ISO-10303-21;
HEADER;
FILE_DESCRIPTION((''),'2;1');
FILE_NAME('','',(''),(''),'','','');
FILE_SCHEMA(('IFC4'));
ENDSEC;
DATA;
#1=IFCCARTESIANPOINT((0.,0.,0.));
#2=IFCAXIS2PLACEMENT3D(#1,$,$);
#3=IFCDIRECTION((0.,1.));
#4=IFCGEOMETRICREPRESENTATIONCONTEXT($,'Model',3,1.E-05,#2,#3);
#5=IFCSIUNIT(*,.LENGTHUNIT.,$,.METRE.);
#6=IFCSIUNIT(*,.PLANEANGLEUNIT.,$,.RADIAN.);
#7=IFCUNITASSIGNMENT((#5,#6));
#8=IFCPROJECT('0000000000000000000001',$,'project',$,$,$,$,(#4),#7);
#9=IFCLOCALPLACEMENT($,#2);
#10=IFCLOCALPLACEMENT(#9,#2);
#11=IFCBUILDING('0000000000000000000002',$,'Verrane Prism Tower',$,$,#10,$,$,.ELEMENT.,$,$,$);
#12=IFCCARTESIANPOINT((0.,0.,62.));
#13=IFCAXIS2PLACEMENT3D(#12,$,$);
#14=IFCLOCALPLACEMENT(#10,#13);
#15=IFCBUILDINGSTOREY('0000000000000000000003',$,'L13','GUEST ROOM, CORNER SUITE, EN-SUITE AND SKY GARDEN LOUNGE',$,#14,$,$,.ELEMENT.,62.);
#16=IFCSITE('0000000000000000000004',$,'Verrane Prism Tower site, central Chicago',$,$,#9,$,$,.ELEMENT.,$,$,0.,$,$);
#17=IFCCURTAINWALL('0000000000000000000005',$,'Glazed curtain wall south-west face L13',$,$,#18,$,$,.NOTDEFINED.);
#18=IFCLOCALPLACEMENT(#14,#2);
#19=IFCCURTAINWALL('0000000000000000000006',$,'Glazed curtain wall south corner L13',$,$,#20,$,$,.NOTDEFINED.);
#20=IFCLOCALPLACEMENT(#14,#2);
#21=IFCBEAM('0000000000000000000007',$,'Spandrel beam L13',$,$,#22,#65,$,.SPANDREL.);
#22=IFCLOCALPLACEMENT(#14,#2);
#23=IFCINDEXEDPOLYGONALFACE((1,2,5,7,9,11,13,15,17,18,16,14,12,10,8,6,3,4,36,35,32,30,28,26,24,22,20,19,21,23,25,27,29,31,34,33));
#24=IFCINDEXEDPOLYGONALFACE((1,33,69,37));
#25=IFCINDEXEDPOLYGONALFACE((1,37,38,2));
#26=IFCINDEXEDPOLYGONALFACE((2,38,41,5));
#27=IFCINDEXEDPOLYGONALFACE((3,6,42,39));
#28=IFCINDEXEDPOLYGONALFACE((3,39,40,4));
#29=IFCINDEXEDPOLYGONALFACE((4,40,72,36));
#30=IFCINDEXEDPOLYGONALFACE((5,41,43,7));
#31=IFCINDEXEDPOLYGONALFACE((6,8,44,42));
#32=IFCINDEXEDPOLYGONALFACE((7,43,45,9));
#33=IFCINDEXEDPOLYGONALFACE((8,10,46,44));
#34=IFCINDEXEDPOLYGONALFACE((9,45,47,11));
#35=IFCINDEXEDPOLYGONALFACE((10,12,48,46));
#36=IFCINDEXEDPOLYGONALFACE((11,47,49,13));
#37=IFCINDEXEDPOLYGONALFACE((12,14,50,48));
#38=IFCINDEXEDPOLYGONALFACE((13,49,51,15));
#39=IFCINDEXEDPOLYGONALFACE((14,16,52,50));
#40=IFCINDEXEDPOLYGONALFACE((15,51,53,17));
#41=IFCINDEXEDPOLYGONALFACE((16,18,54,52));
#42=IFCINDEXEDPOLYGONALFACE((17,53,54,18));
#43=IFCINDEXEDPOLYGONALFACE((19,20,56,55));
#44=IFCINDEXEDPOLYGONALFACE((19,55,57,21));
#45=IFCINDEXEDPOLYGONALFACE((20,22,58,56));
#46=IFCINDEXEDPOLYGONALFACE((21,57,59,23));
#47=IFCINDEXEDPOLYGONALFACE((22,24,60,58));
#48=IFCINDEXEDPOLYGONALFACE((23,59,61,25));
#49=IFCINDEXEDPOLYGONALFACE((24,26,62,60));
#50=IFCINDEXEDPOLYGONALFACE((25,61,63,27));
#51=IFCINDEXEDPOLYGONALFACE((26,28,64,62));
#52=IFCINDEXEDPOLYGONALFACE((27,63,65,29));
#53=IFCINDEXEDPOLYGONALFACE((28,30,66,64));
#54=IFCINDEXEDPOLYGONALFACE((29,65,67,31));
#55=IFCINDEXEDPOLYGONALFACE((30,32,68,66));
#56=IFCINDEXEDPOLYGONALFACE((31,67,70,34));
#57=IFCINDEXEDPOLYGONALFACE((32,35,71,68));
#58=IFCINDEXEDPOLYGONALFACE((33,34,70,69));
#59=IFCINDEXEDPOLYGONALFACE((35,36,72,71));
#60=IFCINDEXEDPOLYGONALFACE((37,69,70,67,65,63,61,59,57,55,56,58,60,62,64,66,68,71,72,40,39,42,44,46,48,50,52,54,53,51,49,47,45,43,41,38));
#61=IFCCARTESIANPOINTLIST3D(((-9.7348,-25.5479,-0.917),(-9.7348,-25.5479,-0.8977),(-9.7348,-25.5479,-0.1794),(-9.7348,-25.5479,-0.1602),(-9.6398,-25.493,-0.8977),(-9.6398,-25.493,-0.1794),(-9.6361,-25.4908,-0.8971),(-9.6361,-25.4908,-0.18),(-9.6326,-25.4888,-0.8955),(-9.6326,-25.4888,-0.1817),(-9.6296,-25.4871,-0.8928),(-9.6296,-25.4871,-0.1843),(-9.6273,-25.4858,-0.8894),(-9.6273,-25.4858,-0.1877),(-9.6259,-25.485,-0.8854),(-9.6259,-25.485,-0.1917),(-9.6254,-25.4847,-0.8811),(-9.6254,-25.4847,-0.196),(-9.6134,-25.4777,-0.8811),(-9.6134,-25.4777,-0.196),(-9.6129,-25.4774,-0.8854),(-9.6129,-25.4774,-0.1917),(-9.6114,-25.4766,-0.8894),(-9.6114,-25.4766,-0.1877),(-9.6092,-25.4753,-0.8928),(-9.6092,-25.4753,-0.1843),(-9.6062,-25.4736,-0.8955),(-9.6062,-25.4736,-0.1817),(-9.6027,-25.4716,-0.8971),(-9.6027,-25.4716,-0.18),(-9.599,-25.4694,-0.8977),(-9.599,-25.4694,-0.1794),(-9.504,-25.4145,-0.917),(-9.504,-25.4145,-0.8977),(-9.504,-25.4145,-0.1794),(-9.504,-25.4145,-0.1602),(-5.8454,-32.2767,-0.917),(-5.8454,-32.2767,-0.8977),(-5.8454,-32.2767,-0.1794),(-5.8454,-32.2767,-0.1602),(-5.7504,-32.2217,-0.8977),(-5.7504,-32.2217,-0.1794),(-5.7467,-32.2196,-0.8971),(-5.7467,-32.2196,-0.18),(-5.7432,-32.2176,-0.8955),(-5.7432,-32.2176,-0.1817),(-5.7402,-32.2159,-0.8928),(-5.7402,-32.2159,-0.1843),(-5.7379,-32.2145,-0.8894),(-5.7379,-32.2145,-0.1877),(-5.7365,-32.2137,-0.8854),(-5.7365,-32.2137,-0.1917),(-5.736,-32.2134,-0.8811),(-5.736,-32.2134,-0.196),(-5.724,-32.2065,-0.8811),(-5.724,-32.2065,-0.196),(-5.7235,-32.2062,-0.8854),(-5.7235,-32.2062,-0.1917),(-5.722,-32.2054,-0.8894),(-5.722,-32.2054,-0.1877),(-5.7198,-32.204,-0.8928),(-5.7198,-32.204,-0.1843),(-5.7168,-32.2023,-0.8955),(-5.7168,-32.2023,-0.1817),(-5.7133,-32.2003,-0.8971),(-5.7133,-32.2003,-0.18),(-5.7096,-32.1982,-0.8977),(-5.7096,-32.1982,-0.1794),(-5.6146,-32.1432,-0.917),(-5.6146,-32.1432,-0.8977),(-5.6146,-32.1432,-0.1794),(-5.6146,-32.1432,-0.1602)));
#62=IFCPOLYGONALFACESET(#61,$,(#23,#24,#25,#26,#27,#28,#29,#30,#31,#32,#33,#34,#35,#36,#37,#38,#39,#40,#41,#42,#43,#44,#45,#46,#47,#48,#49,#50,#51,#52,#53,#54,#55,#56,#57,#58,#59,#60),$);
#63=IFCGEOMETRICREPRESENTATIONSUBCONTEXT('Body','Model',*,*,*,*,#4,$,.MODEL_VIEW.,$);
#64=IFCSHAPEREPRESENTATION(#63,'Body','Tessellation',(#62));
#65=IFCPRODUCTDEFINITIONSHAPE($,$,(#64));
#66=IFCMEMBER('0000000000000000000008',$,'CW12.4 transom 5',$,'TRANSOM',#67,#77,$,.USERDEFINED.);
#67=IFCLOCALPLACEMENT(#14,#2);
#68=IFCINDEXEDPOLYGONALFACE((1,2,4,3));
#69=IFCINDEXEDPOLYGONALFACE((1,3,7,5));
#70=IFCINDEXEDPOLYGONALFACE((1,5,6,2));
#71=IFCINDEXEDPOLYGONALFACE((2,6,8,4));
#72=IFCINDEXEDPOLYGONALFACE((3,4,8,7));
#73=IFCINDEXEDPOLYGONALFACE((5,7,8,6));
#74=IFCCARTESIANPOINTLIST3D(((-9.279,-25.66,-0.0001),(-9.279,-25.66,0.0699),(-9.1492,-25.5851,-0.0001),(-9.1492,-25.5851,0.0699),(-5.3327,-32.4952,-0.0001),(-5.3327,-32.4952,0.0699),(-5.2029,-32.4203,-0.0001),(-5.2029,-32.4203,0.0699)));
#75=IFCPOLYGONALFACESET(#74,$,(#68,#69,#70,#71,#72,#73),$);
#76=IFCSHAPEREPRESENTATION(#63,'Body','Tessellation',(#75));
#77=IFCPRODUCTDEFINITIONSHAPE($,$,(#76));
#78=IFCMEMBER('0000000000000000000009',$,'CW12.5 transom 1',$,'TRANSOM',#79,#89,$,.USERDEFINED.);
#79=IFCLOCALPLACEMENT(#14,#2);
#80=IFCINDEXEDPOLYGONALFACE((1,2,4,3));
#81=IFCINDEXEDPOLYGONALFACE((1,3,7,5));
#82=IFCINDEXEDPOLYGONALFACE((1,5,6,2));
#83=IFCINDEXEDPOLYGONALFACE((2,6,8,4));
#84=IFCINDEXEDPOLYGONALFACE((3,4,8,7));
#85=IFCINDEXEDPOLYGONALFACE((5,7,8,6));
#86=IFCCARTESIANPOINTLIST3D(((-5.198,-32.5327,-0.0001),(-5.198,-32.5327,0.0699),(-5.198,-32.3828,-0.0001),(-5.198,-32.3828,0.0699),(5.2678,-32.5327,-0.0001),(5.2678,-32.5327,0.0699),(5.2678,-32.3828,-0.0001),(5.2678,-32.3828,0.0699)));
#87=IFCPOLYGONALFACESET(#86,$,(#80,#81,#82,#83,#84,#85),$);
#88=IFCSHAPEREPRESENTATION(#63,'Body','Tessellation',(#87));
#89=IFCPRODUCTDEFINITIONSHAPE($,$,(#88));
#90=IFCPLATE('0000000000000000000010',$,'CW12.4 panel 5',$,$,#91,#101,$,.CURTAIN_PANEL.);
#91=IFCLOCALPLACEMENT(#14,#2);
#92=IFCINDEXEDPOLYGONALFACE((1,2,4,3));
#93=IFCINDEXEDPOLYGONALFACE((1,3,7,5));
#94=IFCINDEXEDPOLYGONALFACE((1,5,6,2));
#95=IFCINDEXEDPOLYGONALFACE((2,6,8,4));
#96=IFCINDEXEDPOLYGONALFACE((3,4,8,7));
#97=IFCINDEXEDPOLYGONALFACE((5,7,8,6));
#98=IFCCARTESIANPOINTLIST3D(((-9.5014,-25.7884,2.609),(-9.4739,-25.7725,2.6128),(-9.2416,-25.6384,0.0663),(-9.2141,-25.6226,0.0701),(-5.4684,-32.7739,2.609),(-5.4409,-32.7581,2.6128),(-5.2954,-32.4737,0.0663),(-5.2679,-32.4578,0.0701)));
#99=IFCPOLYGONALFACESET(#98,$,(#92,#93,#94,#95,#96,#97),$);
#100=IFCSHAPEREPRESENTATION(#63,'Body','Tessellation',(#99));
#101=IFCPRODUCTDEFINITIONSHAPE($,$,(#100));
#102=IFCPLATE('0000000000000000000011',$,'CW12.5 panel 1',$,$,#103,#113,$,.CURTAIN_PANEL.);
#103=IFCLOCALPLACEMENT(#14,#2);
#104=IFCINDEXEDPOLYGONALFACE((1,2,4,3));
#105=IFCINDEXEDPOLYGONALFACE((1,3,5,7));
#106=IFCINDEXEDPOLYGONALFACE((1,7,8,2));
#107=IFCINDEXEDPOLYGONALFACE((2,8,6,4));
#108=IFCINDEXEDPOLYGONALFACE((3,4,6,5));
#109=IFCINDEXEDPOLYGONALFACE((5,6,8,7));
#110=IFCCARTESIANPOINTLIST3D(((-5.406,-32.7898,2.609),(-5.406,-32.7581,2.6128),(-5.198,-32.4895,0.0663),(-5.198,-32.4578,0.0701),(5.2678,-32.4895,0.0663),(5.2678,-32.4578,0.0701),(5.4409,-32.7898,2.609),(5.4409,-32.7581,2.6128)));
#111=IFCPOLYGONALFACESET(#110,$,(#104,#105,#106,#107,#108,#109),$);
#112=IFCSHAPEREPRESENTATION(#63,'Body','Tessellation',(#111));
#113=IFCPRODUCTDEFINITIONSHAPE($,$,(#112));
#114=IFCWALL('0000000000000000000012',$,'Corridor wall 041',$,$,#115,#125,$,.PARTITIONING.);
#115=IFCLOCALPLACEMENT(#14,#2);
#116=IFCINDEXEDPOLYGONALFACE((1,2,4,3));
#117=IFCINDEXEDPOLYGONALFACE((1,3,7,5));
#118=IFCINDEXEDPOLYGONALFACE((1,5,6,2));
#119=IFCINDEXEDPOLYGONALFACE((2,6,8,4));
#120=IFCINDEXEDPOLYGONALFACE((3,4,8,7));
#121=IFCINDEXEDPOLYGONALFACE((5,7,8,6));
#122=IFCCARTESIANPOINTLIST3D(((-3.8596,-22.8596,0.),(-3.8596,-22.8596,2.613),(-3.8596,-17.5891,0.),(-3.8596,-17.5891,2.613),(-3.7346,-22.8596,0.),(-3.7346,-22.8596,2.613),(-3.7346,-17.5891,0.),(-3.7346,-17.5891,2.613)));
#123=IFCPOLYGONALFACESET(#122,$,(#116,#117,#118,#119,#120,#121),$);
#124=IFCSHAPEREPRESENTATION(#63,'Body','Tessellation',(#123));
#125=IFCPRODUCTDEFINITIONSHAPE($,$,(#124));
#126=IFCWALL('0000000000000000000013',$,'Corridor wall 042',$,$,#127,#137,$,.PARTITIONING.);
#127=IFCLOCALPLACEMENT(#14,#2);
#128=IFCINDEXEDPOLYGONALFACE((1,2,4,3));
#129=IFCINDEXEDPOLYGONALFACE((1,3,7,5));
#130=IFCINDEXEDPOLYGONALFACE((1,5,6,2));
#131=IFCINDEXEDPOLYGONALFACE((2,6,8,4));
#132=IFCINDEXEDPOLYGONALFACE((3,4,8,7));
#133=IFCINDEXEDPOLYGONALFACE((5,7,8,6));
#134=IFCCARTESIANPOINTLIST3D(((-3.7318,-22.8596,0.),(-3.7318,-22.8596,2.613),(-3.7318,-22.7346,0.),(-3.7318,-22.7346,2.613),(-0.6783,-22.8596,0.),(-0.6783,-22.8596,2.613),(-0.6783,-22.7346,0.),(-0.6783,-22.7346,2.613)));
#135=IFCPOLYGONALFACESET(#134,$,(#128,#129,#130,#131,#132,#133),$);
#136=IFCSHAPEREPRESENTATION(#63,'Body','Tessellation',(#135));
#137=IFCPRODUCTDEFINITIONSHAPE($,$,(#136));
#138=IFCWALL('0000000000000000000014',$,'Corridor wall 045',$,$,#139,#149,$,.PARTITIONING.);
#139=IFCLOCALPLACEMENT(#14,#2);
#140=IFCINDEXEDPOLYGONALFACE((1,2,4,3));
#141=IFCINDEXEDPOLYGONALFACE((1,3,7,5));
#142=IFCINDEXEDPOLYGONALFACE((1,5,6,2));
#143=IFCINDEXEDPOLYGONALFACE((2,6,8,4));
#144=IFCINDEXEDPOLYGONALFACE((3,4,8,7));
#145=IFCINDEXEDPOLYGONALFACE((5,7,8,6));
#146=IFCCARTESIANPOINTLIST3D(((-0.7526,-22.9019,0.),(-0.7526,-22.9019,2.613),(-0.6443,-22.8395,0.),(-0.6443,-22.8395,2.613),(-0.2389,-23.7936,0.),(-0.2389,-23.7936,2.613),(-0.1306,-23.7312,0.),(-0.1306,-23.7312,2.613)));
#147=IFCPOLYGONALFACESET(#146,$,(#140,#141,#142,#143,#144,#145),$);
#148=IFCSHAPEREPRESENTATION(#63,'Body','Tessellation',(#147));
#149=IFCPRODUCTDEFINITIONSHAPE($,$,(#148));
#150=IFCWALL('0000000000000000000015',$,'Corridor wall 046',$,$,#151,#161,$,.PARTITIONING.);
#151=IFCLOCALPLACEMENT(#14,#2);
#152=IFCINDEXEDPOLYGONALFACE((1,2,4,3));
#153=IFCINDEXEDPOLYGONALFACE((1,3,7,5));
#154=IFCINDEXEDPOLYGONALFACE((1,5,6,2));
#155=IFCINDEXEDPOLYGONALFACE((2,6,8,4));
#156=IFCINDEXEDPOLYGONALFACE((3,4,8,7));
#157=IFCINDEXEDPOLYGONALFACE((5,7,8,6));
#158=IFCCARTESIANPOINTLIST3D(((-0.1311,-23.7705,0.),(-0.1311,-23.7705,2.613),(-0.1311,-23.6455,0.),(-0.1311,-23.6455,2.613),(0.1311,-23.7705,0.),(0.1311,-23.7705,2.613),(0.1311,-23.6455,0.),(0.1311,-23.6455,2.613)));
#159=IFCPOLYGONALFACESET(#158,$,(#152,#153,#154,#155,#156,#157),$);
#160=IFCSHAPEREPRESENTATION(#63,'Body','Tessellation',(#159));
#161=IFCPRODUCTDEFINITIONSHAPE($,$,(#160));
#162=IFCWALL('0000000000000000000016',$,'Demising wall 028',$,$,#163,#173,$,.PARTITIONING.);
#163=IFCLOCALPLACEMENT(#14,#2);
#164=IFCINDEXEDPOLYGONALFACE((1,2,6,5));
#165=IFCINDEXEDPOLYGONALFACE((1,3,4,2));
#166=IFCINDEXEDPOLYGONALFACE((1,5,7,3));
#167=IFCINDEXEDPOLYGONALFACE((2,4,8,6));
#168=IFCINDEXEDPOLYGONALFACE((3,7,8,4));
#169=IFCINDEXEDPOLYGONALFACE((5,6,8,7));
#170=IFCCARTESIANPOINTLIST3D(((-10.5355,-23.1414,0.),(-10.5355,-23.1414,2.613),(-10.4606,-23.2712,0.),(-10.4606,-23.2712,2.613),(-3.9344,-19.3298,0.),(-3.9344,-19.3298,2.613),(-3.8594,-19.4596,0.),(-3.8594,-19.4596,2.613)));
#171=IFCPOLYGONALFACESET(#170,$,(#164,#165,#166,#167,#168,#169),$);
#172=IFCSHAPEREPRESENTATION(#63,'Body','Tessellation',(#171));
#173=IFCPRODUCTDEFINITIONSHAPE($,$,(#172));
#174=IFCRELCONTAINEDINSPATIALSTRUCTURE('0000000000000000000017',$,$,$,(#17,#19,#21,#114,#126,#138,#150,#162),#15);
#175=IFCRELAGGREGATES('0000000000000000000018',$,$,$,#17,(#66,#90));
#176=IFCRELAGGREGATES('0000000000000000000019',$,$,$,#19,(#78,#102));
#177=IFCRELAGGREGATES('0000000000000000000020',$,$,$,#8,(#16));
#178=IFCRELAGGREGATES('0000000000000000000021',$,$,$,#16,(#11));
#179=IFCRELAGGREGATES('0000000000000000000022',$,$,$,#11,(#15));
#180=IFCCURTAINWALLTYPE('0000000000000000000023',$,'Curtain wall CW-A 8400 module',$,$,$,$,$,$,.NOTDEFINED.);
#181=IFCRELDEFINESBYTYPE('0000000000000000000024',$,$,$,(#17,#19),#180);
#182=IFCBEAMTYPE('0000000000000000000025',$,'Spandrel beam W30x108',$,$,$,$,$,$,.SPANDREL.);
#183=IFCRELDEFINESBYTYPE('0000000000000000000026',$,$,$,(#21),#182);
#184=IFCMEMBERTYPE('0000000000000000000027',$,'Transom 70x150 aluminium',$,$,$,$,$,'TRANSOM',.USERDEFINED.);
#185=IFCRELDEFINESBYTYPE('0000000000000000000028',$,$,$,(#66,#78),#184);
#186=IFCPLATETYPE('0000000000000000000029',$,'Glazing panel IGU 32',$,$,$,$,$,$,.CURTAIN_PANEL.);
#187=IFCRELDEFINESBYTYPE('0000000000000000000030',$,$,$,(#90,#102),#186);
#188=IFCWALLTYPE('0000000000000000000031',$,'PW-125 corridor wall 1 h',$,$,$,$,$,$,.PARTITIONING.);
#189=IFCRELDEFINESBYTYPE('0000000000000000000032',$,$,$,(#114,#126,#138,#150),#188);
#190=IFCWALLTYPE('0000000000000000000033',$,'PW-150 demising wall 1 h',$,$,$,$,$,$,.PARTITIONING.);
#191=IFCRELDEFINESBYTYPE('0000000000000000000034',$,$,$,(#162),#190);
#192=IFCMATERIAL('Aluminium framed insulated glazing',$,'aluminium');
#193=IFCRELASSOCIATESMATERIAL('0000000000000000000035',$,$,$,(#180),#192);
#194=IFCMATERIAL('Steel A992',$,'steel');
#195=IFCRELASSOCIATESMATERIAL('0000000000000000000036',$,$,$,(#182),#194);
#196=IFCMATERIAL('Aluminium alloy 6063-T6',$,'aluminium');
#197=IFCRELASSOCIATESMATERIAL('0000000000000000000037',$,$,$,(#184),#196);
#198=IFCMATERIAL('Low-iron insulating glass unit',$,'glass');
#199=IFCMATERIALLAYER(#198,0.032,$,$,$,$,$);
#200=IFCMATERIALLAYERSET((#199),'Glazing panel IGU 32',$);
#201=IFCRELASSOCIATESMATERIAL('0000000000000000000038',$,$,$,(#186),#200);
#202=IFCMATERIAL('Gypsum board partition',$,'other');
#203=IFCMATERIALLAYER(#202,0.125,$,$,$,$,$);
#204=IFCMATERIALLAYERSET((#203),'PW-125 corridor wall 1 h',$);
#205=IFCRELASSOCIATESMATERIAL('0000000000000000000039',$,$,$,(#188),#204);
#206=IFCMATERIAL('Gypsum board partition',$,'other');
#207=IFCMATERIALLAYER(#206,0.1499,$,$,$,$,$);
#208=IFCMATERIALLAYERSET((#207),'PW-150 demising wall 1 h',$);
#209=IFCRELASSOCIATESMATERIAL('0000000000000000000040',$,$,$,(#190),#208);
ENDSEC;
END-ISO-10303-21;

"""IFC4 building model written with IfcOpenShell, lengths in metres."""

from ifc_helpers import new_model, si_unit, direction, frame, frame_2d, origin, origin_2d, place, context, subcontext, project, spatial, polyline, rectangle, i_section, outline, extrude, material, layer, layer_set, material_profile, profile_set, type_object, element, aggregate, save


model = new_model("IFC4")

# Units and contexts
model_context = context("Model", 3, precision=1e-05, world=origin(), true_north=direction((0.0, 1.0)))
body_context = subcontext(model_context, "Body", "Model", "MODEL_VIEW")
ifc_project = project(units=[si_unit("LENGTHUNIT", "METRE"), si_unit("PLANEANGLEUNIT", "RADIAN")], contexts=[model_context])

# Site, building, storey
site_placement = place(None, origin())
site = spatial("IfcSite", under=ifc_project, at=site_placement, Name="Verrane Prism Tower site, central Chicago", CompositionType="ELEMENT", RefElevation=0.0)
building_placement = place(site_placement, origin())
building = spatial("IfcBuilding", under=site, at=building_placement, Name="Verrane Prism Tower", CompositionType="ELEMENT")
storey_placement = place(building_placement, frame((0.0, 0.0, 62.0)))
storey = spatial("IfcBuildingStorey", under=building, at=storey_placement, Name="L13", Description="GUEST ROOM, CORNER SUITE, EN-SUITE AND SKY GARDEN LOUNGE", CompositionType="ELEMENT", Elevation=62.0)

# Curtain walls
ifc_material_1 = material(Name="Aluminium framed insulated glazing", Category="aluminium")
curtain_wall_type = type_object("IfcCurtainWallType", Name="Curtain wall CW-A 8400 module", PredefinedType="NOTDEFINED", material=ifc_material_1)
curtain_wall_1_placement = place(storey_placement, origin())
curtain_wall_1 = element("IfcCurtainWall", 1, at=curtain_wall_1_placement, inside=storey, type_object=curtain_wall_type, Name="Glazed curtain wall south-west face L13", PredefinedType="NOTDEFINED")
curtain_wall_2_placement = place(storey_placement, origin())
curtain_wall_2 = element("IfcCurtainWall", 2, at=curtain_wall_2_placement, inside=storey, type_object=curtain_wall_type, Name="Glazed curtain wall south corner L13", PredefinedType="NOTDEFINED")

# Beam
ifc_material_2 = material(Name="Steel A992", Category="steel")
ifc_material_profile_1 = material_profile(ifc_material_2, i_section(OverallWidth=0.2666, OverallDepth=0.7568, WebThickness=0.0139, FlangeThickness=0.0193, FilletRadius=0.0166, at=origin_2d()), Name="W30x108")
ifc_profile_set_1 = profile_set([ifc_material_profile_1], Name="Steel A992")
beam_type_1 = type_object("IfcBeamType", Name="Spandrel beam W30x108", PredefinedType="SPANDREL", material=ifc_profile_set_1)
beam_1_placement = place(storey_placement, frame((-9.6194, -25.4812, -0.5386), z_axis=(0.500439, -0.865772, 0.0), x_axis=(0.865772, 0.500439, 0.0)))
element("IfcBeam", 3, at=beam_1_placement, inside=storey, type_object=beam_type_1, Name="Spandrel beam L13", PredefinedType="SPANDREL", context=body_context, shape_type="SweptSolid", body=[
    extrude(i_section(OverallWidth=0.2666, OverallDepth=0.7568, WebThickness=0.0139, FlangeThickness=0.0193, FilletRadius=0.0166, at=origin_2d()), origin(), (0.0, 0.0, 1.0), 7.772),
])

# Members
ifc_material_3 = material(Name="Aluminium alloy 6063-T6", Category="aluminium")
ifc_material_profile_2 = material_profile(ifc_material_3, rectangle(XDim=0.1499, YDim=0.0701, at=origin_2d()), Name="Transom 70x150 aluminium")
ifc_profile_set_2 = profile_set([ifc_material_profile_2], Name="Aluminium alloy 6063-T6")
member_type_1 = type_object("IfcMemberType", Name="Transom 70x150 aluminium", ElementType="TRANSOM", PredefinedType="USERDEFINED", material=ifc_profile_set_2)
member_1_placement = place(storey_placement, frame((-9.2141, -25.6226, 0.0349), z_axis=(0.499998, -0.866026, 0.0), x_axis=(0.866026, 0.499998, 0.0)))
member_1 = element("IfcMember", 4, at=member_1_placement, type_object=member_type_1, Name="CW12.4 transom 5", ObjectType="TRANSOM", PredefinedType="USERDEFINED", context=body_context, shape_type="SweptSolid", body=[
    extrude(rectangle(XDim=0.1499, YDim=0.0701, at=origin_2d()), origin(), (0.0, 0.0, 1.0), 7.8926),
])
member_2_placement = place(storey_placement, frame((-5.198, -32.4578, 0.0349), z_axis=(1.0, 0.0, 0.0), x_axis=(0.0, 1.0, 0.0)))
member_2 = element("IfcMember", 5, at=member_2_placement, type_object=member_type_1, Name="CW12.5 transom 1", ObjectType="TRANSOM", PredefinedType="USERDEFINED", context=body_context, shape_type="SweptSolid", body=[
    extrude(rectangle(XDim=0.1499, YDim=0.0701, at=origin_2d()), origin(), (0.0, 0.0, 1.0), 10.4658),
])

# Plates
ifc_material_4 = material(Name="Low-iron insulating glass unit", Category="glass")
ifc_layer_1 = layer(ifc_material_4, 0.032)
ifc_layer_set_1 = layer_set([ifc_layer_1], Name="Glazing panel IGU 32")
plate_type = type_object("IfcPlateType", Name="Glazing panel IGU 32", PredefinedType="CURTAIN_PANEL", material=ifc_layer_set_1)
plate_1_placement = place(storey_placement, frame((-9.2141, -25.6226, 0.0701), z_axis=(0.860066, 0.496547, 0.117164), x_axis=(0.499991, -0.866031, -0.000001)))
plate_1 = element("IfcPlate", 6, at=plate_1_placement, type_object=plate_type, Name="CW12.4 panel 5", PredefinedType="CURTAIN_PANEL", context=body_context, shape_type="SweptSolid", body=[
    extrude(outline(polyline([(0.0, 0.0), (7.8926, 0.0), (8.0661, -2.5604), (-0.0001, -2.5604), (0.0, 0.0)])), origin(), (0.0, 0.0, -1.0), 0.032),
])
aggregate(curtain_wall_1, [member_1, plate_1])
plate_2_placement = place(storey_placement, frame((-5.198, -32.4578, 0.0701), z_axis=(0.0, 0.993098, 0.117284), x_axis=(1.0, 0.0, 0.0)))
plate_2 = element("IfcPlate", 7, at=plate_2_placement, type_object=plate_type, Name="CW12.5 panel 1", PredefinedType="CURTAIN_PANEL", context=body_context, shape_type="SweptSolid", body=[
    extrude(outline(polyline([(0.0, 0.0), (10.4658, 0.0), (10.6389, -2.5604), (-0.208, -2.5604), (0.0, 0.0)])), origin(), (0.0, 0.0, -1.0), 0.032),
])
aggregate(curtain_wall_2, [member_2, plate_2])

# Walls
ifc_material_5 = material(Name="Gypsum board partition", Category="other")
ifc_layer_2 = layer(ifc_material_5, 0.125)
ifc_layer_set_2 = layer_set([ifc_layer_2], Name="PW-125 corridor wall 1 h")
wall_type_1 = type_object("IfcWallType", Name="PW-125 corridor wall 1 h", PredefinedType="PARTITIONING", material=ifc_layer_set_2)
wall_1_placement = place(storey_placement, frame((-3.7971, -22.8596, 0.0), z_axis=(0.0, 0.0, 1.0), x_axis=(0.0, 1.0, 0.0)))
element("IfcWall", 8, at=wall_1_placement, inside=storey, type_object=wall_type_1, Name="Corridor wall 041", PredefinedType="PARTITIONING", context=body_context, shape_type="SweptSolid", body=[
    extrude(rectangle(XDim=5.2705, YDim=0.125, at=frame_2d((2.6353, 0.0))), origin(), (0.0, 0.0, 1.0), 2.613),
])
wall_2_placement = place(storey_placement, frame((-3.7319, -22.7971, 0.0), z_axis=(0.0, 0.0, 1.0), x_axis=(1.0, 0.0, 0.0)))
element("IfcWall", 9, at=wall_2_placement, inside=storey, type_object=wall_type_1, Name="Corridor wall 042", PredefinedType="PARTITIONING", context=body_context, shape_type="SweptSolid", body=[
    extrude(rectangle(XDim=3.0535, YDim=0.125, at=frame_2d((1.5269, 0.0))), origin(), (0.0, 0.0, 1.0), 2.613),
])
wall_3_placement = place(storey_placement, frame((-0.6985, -22.8706, 0.0), z_axis=(0.0, 0.0, 1.0), x_axis=(0.499202, -0.866486, 0.0)))
element("IfcWall", 10, at=wall_3_placement, inside=storey, type_object=wall_type_1, Name="Corridor wall 045", PredefinedType="PARTITIONING", context=body_context, shape_type="SweptSolid", body=[
    extrude(rectangle(XDim=1.0291, YDim=0.125, at=frame_2d((0.5146, 0.0))), origin(), (0.0, 0.0, 1.0), 2.613),
])
wall_4_placement = place(storey_placement, frame((-0.1311, -23.708, 0.0), z_axis=(0.0, 0.0, 1.0), x_axis=(1.0, 0.0, 0.0)))
element("IfcWall", 11, at=wall_4_placement, inside=storey, type_object=wall_type_1, Name="Corridor wall 046", PredefinedType="PARTITIONING", context=body_context, shape_type="SweptSolid", body=[
    extrude(rectangle(XDim=0.2622, YDim=0.125, at=frame_2d((0.1311, 0.0))), origin(), (0.0, 0.0, 1.0), 2.613),
])
ifc_material_6 = material(Name="Gypsum board partition", Category="other")
ifc_layer_3 = layer(ifc_material_6, 0.1499)
ifc_layer_set_3 = layer_set([ifc_layer_3], Name="PW-150 demising wall 1 h")
wall_type_2 = type_object("IfcWallType", Name="PW-150 demising wall 1 h", PredefinedType="PARTITIONING", material=ifc_layer_set_3)
wall_5_placement = place(storey_placement, frame((-10.498, -23.2063, 0.0), z_axis=(0.0, 0.0, 1.0), x_axis=(0.866003, 0.500039, 0.0)))
element("IfcWall", 12, at=wall_5_placement, inside=storey, type_object=wall_type_2, Name="Demising wall 028", PredefinedType="PARTITIONING", context=body_context, shape_type="SweptSolid", body=[
    extrude(rectangle(XDim=7.6226, YDim=0.1499, at=frame_2d((3.8113, 0.0))), origin(), (0.0, 0.0, 1.0), 2.613),
])

save(model, "model.ifc")
